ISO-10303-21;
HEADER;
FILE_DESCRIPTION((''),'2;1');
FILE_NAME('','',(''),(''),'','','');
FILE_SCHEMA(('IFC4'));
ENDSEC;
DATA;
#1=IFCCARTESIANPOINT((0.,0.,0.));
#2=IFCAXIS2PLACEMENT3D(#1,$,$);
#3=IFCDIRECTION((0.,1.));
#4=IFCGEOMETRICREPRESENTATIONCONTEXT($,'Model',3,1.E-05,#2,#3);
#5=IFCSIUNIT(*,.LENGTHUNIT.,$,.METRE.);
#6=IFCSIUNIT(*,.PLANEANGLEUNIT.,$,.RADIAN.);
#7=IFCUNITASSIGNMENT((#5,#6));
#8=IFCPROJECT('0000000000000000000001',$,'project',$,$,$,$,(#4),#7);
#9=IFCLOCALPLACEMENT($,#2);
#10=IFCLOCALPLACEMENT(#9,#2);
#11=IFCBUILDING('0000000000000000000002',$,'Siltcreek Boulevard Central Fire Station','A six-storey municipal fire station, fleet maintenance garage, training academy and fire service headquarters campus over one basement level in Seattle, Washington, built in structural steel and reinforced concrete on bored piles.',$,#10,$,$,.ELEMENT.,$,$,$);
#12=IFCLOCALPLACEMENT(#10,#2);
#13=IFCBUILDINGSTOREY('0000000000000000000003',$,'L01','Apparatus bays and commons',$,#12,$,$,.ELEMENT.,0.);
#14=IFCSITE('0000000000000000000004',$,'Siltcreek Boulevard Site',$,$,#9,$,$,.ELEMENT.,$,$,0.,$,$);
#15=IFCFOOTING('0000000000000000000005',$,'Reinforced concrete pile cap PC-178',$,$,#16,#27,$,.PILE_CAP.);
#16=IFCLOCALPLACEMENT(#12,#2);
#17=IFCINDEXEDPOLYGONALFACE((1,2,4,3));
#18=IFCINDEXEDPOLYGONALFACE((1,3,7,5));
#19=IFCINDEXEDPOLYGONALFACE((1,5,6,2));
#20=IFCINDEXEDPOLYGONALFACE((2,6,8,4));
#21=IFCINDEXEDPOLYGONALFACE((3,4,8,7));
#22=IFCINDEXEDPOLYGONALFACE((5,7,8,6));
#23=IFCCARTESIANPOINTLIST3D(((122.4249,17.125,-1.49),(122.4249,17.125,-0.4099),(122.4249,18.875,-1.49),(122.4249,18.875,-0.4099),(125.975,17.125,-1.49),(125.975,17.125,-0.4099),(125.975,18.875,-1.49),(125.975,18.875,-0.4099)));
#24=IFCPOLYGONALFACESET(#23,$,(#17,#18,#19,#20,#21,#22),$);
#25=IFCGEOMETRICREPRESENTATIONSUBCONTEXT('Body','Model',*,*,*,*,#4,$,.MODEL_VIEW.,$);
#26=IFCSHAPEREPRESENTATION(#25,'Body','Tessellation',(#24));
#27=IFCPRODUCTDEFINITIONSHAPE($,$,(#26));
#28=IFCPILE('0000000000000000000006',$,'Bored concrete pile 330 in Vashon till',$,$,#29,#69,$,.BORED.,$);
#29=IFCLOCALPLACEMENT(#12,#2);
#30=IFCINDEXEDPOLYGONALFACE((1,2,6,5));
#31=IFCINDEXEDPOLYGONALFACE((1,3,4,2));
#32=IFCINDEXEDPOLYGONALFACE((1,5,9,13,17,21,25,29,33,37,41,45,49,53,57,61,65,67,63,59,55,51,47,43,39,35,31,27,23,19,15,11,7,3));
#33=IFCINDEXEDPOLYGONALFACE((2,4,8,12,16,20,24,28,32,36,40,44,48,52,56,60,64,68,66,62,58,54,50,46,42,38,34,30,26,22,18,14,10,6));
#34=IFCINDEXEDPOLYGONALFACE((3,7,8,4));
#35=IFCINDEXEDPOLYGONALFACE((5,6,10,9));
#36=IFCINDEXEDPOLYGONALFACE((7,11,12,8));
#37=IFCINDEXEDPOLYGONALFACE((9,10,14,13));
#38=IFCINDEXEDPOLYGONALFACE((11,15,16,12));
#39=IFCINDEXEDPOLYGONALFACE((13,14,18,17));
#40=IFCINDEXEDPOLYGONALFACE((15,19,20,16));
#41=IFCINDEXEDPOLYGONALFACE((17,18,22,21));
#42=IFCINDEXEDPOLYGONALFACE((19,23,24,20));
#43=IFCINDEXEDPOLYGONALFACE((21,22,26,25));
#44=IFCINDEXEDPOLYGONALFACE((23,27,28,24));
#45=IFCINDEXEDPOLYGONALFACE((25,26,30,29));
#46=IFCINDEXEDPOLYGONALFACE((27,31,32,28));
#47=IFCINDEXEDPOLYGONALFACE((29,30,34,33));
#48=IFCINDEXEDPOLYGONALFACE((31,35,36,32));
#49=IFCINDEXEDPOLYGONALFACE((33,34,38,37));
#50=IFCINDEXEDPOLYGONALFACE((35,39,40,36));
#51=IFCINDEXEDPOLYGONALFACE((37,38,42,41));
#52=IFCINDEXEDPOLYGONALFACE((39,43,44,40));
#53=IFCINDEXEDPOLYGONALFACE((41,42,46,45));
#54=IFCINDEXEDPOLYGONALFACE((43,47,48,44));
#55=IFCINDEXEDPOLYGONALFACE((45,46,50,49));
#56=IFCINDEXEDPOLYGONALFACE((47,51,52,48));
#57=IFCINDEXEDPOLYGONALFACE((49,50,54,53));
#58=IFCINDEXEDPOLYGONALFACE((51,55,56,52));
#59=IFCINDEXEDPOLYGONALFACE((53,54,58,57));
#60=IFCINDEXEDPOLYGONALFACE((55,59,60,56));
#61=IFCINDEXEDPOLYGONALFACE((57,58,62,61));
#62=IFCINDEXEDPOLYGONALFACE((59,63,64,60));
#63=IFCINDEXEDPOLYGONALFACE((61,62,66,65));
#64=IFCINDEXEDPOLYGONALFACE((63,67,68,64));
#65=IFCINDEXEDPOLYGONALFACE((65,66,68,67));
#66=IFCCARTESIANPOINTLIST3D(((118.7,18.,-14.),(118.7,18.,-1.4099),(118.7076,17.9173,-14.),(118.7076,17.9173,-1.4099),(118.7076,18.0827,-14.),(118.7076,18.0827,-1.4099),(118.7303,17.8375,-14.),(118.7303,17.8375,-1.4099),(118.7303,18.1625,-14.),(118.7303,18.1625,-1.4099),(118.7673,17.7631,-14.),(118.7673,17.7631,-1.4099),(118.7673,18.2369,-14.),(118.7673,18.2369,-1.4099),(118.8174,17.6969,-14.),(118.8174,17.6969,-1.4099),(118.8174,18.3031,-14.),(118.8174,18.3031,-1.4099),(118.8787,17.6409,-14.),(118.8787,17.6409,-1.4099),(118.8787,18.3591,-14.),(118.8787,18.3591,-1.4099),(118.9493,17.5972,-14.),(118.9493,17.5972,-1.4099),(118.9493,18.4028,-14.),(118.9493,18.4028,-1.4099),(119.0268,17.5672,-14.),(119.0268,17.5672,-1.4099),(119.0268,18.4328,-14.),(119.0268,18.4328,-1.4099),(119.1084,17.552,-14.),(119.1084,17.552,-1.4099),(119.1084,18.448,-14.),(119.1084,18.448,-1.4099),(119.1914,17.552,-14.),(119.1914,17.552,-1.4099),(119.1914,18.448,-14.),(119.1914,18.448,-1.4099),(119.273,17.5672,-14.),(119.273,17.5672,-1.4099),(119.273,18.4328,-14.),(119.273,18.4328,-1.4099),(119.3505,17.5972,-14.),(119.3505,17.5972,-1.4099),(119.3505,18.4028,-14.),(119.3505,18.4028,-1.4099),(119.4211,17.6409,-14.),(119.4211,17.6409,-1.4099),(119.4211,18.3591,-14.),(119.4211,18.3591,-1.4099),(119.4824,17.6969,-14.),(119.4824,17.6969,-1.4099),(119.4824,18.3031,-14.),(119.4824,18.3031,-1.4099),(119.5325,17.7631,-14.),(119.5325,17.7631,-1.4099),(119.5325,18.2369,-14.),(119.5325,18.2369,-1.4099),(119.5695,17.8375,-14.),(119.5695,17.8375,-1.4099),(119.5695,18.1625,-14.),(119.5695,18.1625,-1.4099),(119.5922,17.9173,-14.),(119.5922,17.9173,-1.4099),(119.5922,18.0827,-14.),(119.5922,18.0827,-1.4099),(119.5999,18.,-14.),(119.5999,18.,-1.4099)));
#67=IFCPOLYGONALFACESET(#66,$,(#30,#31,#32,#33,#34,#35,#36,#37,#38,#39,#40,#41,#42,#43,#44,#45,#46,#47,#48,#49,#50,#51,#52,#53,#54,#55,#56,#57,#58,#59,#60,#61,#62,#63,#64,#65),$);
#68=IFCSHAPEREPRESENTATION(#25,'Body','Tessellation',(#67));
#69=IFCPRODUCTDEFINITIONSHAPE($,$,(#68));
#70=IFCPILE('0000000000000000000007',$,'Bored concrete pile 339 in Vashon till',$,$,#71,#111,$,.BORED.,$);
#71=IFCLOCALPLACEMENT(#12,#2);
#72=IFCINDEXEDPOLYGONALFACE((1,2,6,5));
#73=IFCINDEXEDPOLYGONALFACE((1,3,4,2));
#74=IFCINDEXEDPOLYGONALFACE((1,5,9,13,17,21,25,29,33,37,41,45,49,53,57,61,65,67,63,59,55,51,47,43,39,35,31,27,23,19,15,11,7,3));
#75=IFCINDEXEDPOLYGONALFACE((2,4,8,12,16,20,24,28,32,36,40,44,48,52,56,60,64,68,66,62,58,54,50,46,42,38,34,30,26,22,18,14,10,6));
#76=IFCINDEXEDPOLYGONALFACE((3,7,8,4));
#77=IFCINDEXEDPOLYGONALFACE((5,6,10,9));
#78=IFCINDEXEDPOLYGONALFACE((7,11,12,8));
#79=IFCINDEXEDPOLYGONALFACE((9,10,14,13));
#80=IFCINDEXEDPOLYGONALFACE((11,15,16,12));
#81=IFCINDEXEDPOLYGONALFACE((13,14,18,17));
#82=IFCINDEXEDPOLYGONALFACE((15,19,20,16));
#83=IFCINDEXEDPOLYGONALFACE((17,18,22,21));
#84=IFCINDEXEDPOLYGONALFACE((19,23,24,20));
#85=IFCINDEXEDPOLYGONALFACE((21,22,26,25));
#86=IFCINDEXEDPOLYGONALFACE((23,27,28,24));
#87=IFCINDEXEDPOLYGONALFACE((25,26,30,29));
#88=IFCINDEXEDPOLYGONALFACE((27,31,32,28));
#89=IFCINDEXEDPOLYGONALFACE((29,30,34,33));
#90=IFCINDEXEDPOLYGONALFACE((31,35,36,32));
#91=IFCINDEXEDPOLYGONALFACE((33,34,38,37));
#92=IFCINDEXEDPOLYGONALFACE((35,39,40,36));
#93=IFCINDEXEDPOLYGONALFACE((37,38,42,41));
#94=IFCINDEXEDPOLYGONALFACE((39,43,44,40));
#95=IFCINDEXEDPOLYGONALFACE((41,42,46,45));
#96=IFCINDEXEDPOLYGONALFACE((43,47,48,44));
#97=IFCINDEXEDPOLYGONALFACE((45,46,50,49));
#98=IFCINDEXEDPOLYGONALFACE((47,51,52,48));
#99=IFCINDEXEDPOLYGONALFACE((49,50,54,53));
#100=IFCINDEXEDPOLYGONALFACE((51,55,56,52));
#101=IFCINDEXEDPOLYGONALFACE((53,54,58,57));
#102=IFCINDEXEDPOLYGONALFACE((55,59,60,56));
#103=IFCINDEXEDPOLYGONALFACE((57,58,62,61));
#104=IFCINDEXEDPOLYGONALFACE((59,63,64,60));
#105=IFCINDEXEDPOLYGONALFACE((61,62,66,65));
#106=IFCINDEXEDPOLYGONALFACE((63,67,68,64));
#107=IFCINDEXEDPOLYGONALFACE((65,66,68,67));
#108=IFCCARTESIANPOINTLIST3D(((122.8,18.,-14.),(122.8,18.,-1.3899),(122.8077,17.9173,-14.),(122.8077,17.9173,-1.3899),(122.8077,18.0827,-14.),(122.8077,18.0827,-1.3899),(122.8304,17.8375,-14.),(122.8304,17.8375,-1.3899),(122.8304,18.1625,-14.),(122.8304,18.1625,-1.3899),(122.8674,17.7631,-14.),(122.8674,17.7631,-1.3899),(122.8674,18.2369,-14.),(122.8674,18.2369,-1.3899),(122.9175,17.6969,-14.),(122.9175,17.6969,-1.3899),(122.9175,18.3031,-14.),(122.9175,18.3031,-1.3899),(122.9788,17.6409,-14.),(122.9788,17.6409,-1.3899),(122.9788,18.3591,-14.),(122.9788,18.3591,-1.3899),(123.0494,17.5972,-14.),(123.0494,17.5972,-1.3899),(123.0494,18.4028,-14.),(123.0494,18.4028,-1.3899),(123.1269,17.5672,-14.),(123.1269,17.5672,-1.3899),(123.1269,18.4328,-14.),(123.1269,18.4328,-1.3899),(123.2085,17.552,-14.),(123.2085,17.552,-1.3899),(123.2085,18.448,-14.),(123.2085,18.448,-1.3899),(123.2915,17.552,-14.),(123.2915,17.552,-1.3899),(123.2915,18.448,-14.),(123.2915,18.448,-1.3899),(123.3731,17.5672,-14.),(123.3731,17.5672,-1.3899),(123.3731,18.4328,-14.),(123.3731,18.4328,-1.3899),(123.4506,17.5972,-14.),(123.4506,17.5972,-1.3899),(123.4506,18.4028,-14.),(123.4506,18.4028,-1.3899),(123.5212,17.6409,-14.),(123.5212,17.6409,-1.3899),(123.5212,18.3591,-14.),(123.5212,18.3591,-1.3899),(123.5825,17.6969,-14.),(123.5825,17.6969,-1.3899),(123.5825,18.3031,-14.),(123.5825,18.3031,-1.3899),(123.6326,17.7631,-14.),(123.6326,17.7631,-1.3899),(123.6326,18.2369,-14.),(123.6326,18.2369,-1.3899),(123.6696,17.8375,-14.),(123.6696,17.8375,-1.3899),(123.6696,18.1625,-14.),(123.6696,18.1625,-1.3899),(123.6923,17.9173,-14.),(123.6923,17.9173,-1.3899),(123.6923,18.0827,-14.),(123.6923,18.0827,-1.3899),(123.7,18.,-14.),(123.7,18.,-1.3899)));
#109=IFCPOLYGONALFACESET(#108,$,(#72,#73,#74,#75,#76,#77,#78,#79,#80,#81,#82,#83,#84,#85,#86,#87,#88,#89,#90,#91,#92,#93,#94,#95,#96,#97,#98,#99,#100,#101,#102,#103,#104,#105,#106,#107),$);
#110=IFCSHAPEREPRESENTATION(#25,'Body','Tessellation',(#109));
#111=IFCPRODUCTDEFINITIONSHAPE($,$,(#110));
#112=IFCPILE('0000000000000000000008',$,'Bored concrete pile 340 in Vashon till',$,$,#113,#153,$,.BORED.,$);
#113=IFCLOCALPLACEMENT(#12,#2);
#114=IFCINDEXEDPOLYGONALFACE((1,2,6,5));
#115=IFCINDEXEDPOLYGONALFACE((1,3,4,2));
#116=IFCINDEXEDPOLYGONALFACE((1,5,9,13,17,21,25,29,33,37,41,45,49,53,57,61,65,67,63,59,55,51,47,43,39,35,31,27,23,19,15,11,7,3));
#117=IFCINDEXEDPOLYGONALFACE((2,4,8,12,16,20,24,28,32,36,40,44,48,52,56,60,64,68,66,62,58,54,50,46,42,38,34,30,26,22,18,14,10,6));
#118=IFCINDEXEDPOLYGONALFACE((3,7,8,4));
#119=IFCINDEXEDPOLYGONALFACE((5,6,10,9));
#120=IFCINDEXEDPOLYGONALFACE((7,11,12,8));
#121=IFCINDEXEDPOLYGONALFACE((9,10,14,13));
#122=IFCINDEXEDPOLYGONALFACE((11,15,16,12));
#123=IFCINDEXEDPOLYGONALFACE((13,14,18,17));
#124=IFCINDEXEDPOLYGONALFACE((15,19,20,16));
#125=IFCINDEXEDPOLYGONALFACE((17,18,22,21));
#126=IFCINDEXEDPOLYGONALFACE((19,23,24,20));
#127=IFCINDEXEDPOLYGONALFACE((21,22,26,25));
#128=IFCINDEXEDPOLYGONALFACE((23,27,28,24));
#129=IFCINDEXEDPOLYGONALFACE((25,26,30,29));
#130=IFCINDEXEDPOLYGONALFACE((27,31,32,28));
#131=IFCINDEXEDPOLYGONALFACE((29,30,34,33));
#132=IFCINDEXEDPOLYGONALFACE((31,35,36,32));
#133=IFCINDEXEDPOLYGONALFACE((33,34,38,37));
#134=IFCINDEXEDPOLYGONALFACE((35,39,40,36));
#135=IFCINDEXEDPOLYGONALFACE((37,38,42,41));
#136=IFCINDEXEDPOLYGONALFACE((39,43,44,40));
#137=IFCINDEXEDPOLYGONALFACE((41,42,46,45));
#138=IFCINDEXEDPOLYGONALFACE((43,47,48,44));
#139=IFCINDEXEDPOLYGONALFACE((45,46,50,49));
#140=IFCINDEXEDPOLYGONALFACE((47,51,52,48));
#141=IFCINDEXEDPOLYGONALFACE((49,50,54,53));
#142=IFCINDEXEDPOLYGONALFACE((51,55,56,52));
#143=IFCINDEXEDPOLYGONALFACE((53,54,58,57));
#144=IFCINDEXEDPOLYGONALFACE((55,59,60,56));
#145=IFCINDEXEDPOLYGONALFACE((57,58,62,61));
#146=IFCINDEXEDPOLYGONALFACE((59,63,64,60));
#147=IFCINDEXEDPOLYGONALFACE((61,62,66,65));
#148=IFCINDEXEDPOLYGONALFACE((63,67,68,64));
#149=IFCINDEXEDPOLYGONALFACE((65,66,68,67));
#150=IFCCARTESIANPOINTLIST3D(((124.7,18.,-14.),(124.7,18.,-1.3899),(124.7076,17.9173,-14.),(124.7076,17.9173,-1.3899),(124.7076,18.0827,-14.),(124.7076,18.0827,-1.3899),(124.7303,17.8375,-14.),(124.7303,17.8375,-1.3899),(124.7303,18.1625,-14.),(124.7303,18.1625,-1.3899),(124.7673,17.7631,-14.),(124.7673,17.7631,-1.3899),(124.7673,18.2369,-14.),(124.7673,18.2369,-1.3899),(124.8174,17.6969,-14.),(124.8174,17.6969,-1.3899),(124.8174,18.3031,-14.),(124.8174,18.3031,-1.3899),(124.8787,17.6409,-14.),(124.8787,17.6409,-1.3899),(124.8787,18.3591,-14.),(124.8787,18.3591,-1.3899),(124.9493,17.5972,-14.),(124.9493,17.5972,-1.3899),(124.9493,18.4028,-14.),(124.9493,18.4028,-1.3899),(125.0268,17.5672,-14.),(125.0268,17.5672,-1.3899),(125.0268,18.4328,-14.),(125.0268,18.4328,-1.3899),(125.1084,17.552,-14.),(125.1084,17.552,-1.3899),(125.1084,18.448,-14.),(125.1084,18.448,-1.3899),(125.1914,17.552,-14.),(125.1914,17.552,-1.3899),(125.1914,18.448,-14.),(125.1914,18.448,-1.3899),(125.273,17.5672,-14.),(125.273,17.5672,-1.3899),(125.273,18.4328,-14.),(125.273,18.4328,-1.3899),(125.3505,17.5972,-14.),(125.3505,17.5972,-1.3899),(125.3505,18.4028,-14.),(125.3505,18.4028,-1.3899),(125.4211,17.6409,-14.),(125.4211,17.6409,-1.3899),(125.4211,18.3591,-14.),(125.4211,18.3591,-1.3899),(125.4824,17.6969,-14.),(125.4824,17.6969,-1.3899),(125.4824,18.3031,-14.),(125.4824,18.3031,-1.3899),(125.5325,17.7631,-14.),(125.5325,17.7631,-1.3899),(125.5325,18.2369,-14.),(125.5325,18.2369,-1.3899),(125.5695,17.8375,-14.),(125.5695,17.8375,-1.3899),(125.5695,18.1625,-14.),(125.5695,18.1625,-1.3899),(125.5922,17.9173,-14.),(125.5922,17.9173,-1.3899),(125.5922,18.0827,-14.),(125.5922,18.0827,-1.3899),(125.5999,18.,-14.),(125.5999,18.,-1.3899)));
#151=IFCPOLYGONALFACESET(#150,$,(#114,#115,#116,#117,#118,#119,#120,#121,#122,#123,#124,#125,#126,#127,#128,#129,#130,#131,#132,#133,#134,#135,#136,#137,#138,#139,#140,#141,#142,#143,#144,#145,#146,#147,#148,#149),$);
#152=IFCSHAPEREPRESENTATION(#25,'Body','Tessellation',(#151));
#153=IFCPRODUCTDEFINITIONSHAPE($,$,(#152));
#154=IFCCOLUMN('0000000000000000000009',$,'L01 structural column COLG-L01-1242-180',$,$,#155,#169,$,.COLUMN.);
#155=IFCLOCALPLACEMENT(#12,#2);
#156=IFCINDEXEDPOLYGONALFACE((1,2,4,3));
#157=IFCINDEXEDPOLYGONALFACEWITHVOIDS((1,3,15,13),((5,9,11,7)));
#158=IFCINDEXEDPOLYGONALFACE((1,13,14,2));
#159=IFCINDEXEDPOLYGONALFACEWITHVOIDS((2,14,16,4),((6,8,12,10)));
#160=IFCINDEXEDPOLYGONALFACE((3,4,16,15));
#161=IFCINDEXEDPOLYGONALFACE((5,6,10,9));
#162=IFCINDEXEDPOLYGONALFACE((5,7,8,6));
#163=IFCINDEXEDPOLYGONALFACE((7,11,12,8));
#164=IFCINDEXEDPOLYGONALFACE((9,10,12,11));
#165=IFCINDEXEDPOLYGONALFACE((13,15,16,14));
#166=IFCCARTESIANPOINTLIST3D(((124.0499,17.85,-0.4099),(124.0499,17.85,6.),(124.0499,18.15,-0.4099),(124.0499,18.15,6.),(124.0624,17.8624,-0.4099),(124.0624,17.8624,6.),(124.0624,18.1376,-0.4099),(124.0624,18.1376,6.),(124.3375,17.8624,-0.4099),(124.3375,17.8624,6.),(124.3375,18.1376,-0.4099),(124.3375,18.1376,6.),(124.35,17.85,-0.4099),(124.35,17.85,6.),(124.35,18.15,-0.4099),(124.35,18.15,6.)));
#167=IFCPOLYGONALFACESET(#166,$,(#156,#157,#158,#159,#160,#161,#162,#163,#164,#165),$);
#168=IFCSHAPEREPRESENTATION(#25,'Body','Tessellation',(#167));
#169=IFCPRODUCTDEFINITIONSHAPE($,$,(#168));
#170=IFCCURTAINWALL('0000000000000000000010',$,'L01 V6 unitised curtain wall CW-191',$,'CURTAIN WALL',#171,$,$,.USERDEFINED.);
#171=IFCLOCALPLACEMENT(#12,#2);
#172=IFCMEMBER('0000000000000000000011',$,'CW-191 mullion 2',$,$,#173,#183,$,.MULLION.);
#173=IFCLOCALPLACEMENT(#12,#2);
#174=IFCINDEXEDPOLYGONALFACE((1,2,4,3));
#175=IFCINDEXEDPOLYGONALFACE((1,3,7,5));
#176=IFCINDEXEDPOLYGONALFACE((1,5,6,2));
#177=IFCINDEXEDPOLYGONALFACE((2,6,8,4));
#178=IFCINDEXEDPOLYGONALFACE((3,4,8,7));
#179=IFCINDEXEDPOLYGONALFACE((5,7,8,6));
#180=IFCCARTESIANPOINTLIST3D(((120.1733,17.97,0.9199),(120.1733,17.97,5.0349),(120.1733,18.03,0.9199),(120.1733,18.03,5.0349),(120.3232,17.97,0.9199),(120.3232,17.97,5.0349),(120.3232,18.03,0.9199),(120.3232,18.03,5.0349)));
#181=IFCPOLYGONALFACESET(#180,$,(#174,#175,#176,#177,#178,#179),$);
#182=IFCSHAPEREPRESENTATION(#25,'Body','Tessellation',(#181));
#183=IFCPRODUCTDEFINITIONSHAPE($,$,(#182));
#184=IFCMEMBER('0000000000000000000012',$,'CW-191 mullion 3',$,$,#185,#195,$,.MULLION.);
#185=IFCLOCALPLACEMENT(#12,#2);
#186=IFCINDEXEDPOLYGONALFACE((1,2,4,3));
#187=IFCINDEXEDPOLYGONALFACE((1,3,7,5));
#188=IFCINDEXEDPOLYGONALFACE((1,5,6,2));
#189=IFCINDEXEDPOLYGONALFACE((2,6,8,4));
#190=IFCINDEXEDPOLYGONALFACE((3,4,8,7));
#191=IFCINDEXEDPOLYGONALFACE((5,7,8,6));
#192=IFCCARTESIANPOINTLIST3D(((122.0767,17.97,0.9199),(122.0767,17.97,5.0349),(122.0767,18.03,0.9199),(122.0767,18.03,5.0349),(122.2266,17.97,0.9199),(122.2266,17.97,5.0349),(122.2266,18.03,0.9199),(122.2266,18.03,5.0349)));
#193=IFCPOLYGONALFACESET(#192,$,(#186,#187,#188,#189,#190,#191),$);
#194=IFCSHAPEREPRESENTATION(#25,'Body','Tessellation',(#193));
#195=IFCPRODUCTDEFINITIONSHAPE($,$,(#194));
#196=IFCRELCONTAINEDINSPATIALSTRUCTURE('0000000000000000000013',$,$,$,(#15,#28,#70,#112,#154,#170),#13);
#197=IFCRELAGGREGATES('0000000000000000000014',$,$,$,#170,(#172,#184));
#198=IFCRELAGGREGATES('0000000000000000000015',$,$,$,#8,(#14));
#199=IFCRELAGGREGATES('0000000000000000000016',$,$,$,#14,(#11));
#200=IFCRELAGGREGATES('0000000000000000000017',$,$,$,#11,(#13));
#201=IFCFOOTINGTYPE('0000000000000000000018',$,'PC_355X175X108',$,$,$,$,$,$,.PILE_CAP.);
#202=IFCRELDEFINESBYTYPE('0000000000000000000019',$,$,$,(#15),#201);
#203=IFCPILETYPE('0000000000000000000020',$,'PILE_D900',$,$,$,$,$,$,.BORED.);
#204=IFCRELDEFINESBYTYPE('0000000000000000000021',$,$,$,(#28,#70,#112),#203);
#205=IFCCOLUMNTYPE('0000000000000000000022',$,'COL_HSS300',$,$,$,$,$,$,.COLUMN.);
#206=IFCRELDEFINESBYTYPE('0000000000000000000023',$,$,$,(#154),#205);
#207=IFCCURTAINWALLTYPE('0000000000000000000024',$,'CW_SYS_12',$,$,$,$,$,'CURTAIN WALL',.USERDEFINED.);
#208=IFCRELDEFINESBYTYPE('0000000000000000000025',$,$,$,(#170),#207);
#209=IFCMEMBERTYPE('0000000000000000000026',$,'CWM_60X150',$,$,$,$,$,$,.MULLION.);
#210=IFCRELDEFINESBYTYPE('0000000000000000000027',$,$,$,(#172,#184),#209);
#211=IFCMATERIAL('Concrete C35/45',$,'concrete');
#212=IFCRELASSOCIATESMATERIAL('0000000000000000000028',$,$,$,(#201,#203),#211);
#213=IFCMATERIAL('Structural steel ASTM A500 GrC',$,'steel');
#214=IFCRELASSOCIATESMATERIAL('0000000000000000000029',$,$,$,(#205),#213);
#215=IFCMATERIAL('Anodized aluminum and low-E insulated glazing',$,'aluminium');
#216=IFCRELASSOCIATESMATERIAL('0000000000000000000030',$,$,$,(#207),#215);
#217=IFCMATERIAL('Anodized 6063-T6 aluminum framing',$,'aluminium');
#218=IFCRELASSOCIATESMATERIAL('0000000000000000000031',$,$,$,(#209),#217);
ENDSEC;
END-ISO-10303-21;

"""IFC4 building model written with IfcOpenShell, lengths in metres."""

from ifc_helpers import new_model, si_unit, direction, frame, origin, origin_2d, place, context, subcontext, project, spatial, rectangle, hollow_rectangle, circle, extrude, material, material_profile, profile_set, type_object, element, aggregate, save


model = new_model("IFC4")

# Units and contexts
model_context = context("Model", 3, precision=1e-05, world=origin(), true_north=direction((0.0, 1.0)))
body_context = subcontext(model_context, "Body", "Model", "MODEL_VIEW")
ifc_project = project(units=[si_unit("LENGTHUNIT", "METRE"), si_unit("PLANEANGLEUNIT", "RADIAN")], contexts=[model_context])

# Site, building, storey
site_placement = place(None, origin())
site = spatial("IfcSite", under=ifc_project, at=site_placement, Name="Siltcreek Boulevard Site", CompositionType="ELEMENT", RefElevation=0.0)
building_placement = place(site_placement, origin())
building = spatial("IfcBuilding", under=site, at=building_placement, Name="Siltcreek Boulevard Central Fire Station", Description="A six-storey municipal fire station, fleet maintenance garage, training academy and fire service headquarters campus over one basement level in Seattle, Washington, built in structural steel and reinforced concrete on bored piles.", CompositionType="ELEMENT")
storey_placement = place(building_placement, origin())
storey = spatial("IfcBuildingStorey", under=building, at=storey_placement, Name="L01", Description="Apparatus bays and commons", CompositionType="ELEMENT", Elevation=0.0)

# Footing
ifc_material_1 = material(Name="Concrete C35/45", Category="concrete")
footing_type = type_object("IfcFootingType", Name="PC_355X175X108", PredefinedType="PILE_CAP", material=ifc_material_1)
footing_placement = place(storey_placement, frame((124.2, 18.0, -1.49), z_axis=(0.0, 0.0, 1.0), x_axis=(1.0, 0.0, 0.0)))
element("IfcFooting", 1, at=footing_placement, inside=storey, type_object=footing_type, Name="Reinforced concrete pile cap PC-178", PredefinedType="PILE_CAP", context=body_context, shape_type="SweptSolid", body=[
    extrude(rectangle(XDim=3.55, YDim=1.75, at=origin_2d()), origin(), (0.0, 0.0, 1.0), 1.0801),
])

# Piles
ifc_material_profile_1 = material_profile(ifc_material_1, circle(Radius=0.45, at=origin_2d()), Name="SHAFT900")
ifc_profile_set_1 = profile_set([ifc_material_profile_1], Name="Concrete C35/45")
pile_type = type_object("IfcPileType", Name="PILE_D900", PredefinedType="BORED", material=ifc_profile_set_1)
pile_placement = place(storey_placement, frame((119.1499, 18.0, -1.4099), z_axis=(0.0, 0.0, -1.0), x_axis=(1.0, 0.0, 0.0)))
element("IfcPile", 2, at=pile_placement, inside=storey, type_object=pile_type, Name="Bored concrete pile 330 in Vashon till", PredefinedType="BORED", context=body_context, shape_type="SweptSolid", body=[
    extrude(circle(Radius=0.45, at=origin_2d()), origin(), (0.0, 0.0, 1.0), 12.5901),
])
for number, where, z_axis, x_axis, name in (
    (3, (123.25, 18.0, -1.3899), (0.0, 0.0, -1.0), (1.0, 0.0, 0.0), "Bored concrete pile 339 in Vashon till"),
    (4, (125.1499, 18.0, -1.3899), (0.0, 0.0, -1.0), (1.0, 0.0, 0.0), "Bored concrete pile 340 in Vashon till"),
):
    element("IfcPile", number, at=place(storey_placement, frame(where, z_axis=z_axis, x_axis=x_axis)), inside=storey, type_object=pile_type, Name=name, PredefinedType="BORED", context=body_context, shape_type="SweptSolid", body=[
        extrude(circle(Radius=0.45, at=origin_2d()), origin(), (0.0, 0.0, 1.0), 12.6101),
    ])

# Column
ifc_material_2 = material(Name="Structural steel ASTM A500 GrC", Category="steel")
ifc_material_profile_2 = material_profile(ifc_material_2, hollow_rectangle(XDim=0.3, YDim=0.3, WallThickness=0.0125, at=origin_2d()), Name="HSS300X300X12.5")
ifc_profile_set_2 = profile_set([ifc_material_profile_2], Name="Structural steel ASTM A500 GrC")
column_type = type_object("IfcColumnType", Name="COL_HSS300", PredefinedType="COLUMN", material=ifc_profile_set_2)
column_placement = place(storey_placement, frame((124.2, 18.0, -0.4099), z_axis=(0.0, 0.0, 1.0), x_axis=(1.0, 0.0, 0.0)))
element("IfcColumn", 5, at=column_placement, inside=storey, type_object=column_type, Name="L01 structural column COLG-L01-1242-180", PredefinedType="COLUMN", context=body_context, shape_type="SweptSolid", body=[
    extrude(hollow_rectangle(XDim=0.3, YDim=0.3, WallThickness=0.0125, at=origin_2d()), origin(), (0.0, 0.0, 1.0), 6.4099),
])

# Curtain wall, members
ifc_material_3 = material(Name="Anodized aluminum and low-E insulated glazing", Category="aluminium")
curtain_wall_type = type_object("IfcCurtainWallType", Name="CW_SYS_12", ElementType="CURTAIN WALL", PredefinedType="USERDEFINED", material=ifc_material_3)
curtain_wall_placement = place(storey_placement, origin())
curtain_wall = element("IfcCurtainWall", 6, at=curtain_wall_placement, inside=storey, type_object=curtain_wall_type, Name="L01 V6 unitised curtain wall CW-191", ObjectType="CURTAIN WALL", PredefinedType="USERDEFINED")
ifc_material_4 = material(Name="Anodized 6063-T6 aluminum framing", Category="aluminium")
ifc_material_profile_3 = material_profile(ifc_material_4, rectangle(XDim=0.0601, YDim=0.1499, at=origin_2d()), Name="MULL60X150")
ifc_profile_set_3 = profile_set([ifc_material_profile_3], Name="Anodized 6063-T6 aluminum framing")
member_type_1 = type_object("IfcMemberType", Name="CWM_60X150", PredefinedType="MULLION", material=ifc_profile_set_3)
member_1_placement = place(storey_placement, frame((120.2483, 18.0, 0.9199), z_axis=(0.0, 0.0, 1.0), x_axis=(0.0, 1.0, 0.0)))
member_1 = element("IfcMember", 7, at=member_1_placement, type_object=member_type_1, Name="CW-191 mullion 2", PredefinedType="MULLION", context=body_context, shape_type="SweptSolid", body=[
    extrude(rectangle(XDim=0.0601, YDim=0.1499, at=origin_2d()), origin(), (0.0, 0.0, 1.0), 4.115),
])
member_2_placement = place(storey_placement, frame((122.1516, 18.0, 0.9199), z_axis=(0.0, 0.0, 1.0), x_axis=(0.0, 1.0, 0.0)))
member_2 = element("IfcMember", 8, at=member_2_placement, type_object=member_type_1, Name="CW-191 mullion 3", PredefinedType="MULLION", context=body_context, shape_type="SweptSolid", body=[
    extrude(rectangle(XDim=0.0601, YDim=0.1499, at=origin_2d()), origin(), (0.0, 0.0, 1.0), 4.115),
])

aggregate(curtain_wall, [member_1, member_2])

save(model, "model.ifc")
